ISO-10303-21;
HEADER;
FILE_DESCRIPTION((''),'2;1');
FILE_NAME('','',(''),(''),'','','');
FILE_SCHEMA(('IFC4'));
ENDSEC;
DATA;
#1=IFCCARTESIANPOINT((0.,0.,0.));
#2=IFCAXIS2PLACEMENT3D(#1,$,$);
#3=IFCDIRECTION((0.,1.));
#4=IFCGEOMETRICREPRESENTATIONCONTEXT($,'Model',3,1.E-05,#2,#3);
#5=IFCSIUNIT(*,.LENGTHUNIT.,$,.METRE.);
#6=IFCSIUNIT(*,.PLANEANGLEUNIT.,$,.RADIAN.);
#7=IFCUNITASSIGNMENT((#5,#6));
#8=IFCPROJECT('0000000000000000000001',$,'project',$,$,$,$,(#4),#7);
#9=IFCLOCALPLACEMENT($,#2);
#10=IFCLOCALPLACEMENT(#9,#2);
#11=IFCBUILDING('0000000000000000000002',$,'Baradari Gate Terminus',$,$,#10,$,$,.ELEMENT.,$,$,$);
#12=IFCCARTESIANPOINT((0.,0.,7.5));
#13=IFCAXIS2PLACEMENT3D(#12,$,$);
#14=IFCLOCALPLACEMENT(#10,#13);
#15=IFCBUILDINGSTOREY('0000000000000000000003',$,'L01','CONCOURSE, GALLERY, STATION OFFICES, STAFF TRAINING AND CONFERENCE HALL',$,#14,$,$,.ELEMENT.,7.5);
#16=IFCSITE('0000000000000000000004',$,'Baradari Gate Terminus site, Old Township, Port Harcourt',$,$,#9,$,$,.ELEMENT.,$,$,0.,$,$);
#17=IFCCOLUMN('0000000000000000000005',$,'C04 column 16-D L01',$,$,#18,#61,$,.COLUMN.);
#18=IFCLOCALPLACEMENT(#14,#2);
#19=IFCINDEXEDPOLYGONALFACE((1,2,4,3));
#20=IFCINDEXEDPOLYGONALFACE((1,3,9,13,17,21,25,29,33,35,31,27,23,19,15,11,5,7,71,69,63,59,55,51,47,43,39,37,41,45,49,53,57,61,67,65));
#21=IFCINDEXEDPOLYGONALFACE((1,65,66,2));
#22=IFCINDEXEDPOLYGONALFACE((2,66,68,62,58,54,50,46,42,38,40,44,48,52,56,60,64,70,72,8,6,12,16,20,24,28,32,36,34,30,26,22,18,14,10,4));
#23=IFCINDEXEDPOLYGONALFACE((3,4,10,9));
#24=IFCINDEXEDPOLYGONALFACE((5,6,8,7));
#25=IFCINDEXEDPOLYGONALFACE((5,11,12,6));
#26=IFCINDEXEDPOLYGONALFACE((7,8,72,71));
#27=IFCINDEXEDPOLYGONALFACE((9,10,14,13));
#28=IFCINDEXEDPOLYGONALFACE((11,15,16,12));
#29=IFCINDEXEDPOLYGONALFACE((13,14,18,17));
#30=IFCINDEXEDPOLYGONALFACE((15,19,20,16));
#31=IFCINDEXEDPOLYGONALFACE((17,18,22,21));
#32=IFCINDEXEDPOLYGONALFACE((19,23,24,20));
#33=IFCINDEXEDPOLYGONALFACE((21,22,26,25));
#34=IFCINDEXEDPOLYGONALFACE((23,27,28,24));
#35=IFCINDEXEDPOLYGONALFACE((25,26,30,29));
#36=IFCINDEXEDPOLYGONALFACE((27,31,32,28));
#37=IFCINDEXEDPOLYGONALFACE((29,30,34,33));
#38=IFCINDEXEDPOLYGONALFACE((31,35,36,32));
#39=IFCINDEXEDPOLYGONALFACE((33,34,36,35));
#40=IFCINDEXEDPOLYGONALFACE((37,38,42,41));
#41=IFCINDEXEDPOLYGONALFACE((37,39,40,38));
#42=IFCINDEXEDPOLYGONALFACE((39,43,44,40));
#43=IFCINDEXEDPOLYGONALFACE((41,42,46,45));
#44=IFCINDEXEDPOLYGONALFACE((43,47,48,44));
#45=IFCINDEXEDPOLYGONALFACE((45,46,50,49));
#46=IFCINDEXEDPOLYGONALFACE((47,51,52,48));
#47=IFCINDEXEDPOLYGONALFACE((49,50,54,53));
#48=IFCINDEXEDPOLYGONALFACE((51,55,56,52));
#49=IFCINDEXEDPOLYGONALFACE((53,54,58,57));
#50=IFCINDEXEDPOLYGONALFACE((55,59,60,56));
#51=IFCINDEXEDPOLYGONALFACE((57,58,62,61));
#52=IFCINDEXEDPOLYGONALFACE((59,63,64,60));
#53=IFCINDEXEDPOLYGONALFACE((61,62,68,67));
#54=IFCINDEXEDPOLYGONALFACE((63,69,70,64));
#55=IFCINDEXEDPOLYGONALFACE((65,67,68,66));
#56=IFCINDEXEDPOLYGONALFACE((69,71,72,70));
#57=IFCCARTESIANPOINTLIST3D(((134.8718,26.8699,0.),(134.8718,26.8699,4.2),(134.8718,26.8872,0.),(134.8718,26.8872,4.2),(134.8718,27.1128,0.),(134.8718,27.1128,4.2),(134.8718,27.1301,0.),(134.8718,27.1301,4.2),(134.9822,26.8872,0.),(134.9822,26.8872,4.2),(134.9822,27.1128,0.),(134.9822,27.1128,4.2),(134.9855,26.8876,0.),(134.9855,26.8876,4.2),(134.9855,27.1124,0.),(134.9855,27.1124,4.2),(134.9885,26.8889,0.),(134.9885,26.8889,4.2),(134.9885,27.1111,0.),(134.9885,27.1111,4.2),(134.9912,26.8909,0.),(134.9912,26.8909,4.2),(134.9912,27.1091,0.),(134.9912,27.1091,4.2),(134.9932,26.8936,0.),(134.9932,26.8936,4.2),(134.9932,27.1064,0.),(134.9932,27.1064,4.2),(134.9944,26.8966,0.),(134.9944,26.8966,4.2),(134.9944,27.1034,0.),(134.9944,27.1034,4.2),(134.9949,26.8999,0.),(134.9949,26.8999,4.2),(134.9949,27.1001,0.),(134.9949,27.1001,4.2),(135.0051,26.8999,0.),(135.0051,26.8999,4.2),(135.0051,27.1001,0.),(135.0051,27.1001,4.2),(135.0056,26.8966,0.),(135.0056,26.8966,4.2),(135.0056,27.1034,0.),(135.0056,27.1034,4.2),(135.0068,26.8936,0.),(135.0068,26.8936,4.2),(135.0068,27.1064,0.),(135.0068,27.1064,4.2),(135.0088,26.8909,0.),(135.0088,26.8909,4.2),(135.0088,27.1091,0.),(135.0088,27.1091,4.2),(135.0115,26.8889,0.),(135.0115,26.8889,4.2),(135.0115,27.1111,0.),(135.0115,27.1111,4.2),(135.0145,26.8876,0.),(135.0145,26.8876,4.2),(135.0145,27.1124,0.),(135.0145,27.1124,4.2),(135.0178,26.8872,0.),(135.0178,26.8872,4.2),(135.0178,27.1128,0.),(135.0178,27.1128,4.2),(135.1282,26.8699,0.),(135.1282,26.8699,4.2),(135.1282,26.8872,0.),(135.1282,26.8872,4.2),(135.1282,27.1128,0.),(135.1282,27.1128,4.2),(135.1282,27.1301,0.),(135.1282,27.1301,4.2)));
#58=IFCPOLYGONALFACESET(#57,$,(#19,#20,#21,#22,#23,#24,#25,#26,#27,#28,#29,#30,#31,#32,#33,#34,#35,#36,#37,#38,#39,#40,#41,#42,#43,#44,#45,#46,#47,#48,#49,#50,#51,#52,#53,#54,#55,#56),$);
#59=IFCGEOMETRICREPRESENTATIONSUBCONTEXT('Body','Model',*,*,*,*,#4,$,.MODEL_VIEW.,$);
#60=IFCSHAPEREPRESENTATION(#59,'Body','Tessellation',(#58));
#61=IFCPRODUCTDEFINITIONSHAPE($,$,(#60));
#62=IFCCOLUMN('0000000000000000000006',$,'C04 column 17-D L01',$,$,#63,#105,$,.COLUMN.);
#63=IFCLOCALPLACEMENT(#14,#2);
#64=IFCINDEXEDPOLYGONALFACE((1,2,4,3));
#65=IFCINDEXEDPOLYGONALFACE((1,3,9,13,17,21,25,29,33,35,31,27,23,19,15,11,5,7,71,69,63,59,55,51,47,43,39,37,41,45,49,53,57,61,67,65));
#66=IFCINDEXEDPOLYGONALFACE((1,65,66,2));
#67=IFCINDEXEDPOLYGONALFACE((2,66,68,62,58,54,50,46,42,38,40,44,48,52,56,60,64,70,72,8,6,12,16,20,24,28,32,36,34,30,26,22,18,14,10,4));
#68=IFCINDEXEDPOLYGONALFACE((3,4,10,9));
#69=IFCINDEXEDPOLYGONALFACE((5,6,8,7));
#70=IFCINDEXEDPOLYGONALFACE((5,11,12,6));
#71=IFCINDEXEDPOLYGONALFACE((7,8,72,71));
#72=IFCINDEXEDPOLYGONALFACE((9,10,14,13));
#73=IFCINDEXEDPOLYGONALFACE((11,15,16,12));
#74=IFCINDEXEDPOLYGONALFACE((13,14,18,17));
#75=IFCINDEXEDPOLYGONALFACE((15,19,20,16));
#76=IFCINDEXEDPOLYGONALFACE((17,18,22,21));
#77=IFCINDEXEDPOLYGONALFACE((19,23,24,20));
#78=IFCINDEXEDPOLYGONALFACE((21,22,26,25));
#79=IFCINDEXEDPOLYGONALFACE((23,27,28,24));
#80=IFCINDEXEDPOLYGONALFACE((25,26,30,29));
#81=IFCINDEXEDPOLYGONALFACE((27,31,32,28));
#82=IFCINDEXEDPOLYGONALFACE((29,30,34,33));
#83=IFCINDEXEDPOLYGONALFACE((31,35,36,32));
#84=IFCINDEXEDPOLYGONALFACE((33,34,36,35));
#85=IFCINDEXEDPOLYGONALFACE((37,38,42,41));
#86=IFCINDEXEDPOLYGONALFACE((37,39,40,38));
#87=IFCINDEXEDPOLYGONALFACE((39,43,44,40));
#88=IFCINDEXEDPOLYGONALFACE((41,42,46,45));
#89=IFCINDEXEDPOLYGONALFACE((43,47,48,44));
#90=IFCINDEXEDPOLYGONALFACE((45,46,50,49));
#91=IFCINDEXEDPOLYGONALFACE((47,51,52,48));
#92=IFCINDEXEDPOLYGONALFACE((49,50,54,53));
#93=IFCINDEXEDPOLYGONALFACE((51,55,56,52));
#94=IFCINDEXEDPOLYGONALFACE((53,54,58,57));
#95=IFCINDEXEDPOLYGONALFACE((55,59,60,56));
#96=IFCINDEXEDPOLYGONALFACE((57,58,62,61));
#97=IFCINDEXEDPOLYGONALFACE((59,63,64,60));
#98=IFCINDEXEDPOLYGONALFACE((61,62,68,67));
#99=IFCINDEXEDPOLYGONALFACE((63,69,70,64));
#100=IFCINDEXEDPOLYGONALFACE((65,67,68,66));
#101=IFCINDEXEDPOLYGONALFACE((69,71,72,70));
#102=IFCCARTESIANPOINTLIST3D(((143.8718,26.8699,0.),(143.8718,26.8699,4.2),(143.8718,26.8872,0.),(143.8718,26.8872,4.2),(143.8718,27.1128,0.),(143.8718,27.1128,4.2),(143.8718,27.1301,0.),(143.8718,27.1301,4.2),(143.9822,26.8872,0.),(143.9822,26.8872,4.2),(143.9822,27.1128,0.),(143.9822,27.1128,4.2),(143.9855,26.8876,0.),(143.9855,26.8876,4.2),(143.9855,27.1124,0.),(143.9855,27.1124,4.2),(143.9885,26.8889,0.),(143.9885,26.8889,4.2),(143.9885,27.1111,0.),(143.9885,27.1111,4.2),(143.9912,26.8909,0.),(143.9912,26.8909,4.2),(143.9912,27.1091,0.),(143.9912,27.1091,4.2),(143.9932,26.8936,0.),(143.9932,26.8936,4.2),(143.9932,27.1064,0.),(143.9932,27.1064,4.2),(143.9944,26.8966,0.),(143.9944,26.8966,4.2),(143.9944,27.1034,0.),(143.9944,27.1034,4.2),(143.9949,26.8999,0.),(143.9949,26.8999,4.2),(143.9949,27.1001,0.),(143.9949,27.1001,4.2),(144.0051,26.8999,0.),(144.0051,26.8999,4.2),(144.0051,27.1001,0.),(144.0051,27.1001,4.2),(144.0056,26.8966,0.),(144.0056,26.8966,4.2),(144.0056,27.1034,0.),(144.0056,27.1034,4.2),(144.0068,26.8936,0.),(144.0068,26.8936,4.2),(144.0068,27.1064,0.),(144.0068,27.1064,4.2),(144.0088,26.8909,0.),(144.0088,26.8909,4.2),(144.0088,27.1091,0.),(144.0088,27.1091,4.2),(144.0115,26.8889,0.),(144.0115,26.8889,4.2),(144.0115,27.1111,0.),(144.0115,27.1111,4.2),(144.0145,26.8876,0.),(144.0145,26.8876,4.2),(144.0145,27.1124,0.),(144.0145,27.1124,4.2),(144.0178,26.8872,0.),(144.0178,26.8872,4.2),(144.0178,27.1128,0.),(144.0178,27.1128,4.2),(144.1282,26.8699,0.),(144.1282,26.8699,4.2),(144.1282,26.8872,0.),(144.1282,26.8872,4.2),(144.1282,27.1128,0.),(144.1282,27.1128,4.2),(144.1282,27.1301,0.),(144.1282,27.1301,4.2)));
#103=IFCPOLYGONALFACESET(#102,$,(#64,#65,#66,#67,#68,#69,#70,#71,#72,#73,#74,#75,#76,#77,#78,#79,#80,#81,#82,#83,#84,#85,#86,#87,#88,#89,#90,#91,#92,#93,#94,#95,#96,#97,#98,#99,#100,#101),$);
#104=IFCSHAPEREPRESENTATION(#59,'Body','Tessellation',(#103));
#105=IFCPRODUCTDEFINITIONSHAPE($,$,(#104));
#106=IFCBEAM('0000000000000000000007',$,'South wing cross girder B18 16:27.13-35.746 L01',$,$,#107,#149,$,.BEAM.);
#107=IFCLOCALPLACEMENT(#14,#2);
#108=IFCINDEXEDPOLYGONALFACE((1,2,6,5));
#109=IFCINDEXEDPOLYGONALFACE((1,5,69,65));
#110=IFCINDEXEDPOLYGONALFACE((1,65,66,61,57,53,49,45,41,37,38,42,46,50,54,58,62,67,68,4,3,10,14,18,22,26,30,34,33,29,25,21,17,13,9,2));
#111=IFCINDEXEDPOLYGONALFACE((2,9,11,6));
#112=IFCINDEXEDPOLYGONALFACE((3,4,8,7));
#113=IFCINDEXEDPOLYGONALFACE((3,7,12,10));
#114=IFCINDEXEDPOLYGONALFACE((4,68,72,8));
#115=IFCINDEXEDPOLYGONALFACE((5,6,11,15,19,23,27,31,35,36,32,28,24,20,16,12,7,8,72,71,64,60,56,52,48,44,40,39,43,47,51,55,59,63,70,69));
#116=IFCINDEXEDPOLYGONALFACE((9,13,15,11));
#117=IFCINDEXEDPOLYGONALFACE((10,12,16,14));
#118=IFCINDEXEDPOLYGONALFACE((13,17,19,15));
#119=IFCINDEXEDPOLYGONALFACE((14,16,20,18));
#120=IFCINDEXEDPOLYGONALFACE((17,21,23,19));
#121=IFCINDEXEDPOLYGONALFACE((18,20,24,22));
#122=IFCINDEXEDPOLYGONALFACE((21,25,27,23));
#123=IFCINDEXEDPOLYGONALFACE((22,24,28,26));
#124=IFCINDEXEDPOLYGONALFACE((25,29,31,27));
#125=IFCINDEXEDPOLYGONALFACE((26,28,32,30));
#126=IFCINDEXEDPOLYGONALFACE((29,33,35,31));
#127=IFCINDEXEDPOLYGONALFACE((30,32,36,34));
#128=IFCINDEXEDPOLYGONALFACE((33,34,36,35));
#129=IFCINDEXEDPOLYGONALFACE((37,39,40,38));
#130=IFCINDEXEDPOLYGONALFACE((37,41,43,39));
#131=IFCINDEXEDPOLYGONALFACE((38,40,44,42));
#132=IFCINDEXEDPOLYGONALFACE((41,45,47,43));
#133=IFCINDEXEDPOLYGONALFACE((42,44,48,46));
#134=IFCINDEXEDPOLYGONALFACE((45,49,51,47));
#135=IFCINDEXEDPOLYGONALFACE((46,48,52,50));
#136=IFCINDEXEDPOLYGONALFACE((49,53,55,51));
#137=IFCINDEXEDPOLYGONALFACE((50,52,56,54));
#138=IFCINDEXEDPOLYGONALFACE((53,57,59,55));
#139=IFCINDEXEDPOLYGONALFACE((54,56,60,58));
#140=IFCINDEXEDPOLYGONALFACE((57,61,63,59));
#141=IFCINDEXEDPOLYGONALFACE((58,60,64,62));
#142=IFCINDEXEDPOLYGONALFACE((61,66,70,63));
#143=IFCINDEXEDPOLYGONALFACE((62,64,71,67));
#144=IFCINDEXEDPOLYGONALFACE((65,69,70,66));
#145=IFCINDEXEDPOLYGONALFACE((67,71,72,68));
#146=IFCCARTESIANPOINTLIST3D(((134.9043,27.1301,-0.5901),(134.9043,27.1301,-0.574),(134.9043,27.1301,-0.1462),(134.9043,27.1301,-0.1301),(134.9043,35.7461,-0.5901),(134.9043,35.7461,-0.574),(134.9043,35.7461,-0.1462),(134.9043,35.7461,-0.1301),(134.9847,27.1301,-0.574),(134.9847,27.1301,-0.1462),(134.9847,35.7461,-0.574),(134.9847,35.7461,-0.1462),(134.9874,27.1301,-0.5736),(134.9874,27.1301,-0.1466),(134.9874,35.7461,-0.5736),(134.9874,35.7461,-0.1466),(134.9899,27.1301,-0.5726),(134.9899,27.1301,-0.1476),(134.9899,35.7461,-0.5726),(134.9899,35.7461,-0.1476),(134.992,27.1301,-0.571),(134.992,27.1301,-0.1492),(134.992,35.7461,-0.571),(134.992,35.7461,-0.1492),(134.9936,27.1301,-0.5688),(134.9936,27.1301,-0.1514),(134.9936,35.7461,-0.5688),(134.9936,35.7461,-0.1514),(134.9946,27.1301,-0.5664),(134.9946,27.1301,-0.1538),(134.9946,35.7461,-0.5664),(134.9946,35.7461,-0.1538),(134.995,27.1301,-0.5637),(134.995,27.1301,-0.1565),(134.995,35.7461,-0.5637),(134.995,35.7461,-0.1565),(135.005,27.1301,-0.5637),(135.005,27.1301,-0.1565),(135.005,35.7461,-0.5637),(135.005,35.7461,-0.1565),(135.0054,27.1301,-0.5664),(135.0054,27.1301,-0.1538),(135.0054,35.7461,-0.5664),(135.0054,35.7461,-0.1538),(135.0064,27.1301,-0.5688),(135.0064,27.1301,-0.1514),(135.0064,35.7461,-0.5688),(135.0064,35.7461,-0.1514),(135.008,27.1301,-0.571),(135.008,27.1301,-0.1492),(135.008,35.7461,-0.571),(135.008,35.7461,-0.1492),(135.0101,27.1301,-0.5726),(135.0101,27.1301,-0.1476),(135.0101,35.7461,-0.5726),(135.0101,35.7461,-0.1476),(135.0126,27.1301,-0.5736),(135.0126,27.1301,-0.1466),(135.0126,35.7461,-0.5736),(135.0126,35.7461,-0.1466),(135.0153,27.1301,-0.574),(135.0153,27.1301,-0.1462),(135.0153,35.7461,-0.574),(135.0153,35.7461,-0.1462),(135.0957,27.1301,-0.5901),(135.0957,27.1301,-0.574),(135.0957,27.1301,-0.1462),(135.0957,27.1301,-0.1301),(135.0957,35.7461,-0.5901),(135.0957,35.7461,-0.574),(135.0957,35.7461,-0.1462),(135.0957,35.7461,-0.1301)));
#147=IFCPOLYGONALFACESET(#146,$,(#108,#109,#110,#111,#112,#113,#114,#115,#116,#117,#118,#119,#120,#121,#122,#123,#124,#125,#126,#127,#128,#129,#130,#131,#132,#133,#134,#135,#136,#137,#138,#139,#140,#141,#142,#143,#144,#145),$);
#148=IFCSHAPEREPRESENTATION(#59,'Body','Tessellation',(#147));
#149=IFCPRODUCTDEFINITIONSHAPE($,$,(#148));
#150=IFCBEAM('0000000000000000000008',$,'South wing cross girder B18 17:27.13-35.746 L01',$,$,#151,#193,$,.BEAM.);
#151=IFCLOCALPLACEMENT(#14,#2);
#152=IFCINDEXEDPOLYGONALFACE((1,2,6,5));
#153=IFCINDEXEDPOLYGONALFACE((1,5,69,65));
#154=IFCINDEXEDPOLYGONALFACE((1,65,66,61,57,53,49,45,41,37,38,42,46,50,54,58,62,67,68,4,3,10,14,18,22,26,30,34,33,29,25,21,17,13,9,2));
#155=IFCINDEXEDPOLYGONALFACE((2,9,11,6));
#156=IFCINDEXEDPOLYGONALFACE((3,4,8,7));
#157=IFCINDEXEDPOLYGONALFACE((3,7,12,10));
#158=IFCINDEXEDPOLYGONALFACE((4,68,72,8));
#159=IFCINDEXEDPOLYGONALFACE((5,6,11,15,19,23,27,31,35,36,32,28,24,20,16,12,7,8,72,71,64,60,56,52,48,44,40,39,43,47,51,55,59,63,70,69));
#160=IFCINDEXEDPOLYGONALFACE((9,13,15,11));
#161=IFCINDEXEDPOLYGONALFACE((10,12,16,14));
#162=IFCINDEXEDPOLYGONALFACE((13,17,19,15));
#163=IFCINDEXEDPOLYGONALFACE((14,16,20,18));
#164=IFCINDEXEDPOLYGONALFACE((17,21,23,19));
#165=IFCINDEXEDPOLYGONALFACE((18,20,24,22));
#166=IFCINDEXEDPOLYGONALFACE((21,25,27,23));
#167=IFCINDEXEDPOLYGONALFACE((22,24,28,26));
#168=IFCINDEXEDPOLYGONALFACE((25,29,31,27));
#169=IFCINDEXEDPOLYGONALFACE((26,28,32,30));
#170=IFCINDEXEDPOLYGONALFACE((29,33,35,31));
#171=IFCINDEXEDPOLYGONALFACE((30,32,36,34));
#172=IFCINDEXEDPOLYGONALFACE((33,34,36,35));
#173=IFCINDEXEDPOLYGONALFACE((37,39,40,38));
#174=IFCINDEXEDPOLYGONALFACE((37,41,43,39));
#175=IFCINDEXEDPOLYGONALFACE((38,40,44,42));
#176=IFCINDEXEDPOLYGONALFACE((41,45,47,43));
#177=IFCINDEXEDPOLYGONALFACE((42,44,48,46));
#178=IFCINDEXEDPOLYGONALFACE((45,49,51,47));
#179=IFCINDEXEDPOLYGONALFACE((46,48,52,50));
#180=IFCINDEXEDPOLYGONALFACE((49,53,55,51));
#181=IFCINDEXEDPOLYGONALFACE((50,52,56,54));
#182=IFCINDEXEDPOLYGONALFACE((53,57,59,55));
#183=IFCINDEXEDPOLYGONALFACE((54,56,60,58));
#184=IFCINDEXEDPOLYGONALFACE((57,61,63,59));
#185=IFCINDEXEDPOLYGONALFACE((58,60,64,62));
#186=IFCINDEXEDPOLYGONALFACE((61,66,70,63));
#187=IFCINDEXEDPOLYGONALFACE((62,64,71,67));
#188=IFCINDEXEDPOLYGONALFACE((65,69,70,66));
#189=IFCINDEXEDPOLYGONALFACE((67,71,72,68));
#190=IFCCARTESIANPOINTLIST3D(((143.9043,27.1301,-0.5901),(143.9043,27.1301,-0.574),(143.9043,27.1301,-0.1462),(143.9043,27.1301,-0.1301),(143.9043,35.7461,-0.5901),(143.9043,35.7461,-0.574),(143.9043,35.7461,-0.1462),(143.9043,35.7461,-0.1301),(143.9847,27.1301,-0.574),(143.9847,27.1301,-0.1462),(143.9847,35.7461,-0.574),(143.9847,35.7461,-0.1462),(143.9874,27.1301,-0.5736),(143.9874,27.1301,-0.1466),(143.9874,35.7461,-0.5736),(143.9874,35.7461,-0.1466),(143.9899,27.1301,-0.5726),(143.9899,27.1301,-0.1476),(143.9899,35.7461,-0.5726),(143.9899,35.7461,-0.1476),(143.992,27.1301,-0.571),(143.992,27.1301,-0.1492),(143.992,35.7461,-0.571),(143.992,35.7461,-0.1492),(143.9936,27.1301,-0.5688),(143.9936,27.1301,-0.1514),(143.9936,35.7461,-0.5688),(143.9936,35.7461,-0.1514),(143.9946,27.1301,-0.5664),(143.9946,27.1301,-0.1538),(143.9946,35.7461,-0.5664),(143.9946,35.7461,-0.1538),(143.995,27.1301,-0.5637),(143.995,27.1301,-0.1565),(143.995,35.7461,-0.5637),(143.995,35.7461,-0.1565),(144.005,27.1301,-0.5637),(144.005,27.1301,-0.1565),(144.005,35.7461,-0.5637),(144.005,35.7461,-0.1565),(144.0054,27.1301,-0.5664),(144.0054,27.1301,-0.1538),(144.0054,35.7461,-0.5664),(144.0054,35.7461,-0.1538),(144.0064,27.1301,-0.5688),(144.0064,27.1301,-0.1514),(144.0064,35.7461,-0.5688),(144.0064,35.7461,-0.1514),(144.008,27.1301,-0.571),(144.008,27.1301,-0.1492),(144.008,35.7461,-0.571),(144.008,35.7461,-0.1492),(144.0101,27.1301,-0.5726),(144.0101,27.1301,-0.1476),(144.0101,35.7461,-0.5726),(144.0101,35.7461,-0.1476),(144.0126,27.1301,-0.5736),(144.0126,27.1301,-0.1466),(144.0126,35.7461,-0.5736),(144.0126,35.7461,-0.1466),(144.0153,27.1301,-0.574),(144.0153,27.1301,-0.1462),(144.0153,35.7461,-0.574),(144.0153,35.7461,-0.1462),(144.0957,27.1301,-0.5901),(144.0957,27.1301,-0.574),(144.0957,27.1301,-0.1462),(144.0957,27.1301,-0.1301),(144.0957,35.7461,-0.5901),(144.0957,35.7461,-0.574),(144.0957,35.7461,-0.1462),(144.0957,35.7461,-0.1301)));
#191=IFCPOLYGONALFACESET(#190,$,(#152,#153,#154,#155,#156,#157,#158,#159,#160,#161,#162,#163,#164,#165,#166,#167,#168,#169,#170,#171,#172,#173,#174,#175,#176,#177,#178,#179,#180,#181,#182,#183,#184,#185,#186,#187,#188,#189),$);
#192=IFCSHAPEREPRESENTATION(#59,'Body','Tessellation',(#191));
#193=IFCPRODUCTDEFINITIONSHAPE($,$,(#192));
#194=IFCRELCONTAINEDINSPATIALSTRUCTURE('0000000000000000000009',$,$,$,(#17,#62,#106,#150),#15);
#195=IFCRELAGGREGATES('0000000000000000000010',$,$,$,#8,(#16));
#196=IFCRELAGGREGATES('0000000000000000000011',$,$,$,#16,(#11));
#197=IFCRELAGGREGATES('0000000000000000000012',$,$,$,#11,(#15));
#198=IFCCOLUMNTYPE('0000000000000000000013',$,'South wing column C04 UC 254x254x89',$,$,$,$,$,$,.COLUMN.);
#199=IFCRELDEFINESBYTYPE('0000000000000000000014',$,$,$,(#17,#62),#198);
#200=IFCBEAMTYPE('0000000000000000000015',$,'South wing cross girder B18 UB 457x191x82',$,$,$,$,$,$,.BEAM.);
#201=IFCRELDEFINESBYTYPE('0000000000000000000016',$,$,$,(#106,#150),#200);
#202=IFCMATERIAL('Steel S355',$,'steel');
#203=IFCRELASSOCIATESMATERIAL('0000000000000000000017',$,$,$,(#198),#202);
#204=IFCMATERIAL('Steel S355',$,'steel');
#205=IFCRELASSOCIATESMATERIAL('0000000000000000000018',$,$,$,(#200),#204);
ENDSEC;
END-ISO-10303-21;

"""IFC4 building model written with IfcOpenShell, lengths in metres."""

from ifc_helpers import new_model, si_unit, direction, frame, origin, origin_2d, place, context, subcontext, project, spatial, i_section, extrude, material, material_profile, profile_set, type_object, element, save


model = new_model("IFC4")

# Units and contexts
model_context = context("Model", 3, precision=1e-05, world=origin(), true_north=direction((0.0, 1.0)))
body_context = subcontext(model_context, "Body", "Model", "MODEL_VIEW")
ifc_project = project(units=[si_unit("LENGTHUNIT", "METRE"), si_unit("PLANEANGLEUNIT", "RADIAN")], contexts=[model_context])

# Site, building, storey
site_placement = place(None, origin())
site = spatial("IfcSite", under=ifc_project, at=site_placement, Name="Baradari Gate Terminus site, Old Township, Port Harcourt", CompositionType="ELEMENT", RefElevation=0.0)
building_placement = place(site_placement, origin())
building = spatial("IfcBuilding", under=site, at=building_placement, Name="Baradari Gate Terminus", CompositionType="ELEMENT")
storey_placement = place(building_placement, frame((0.0, 0.0, 7.5)))
storey = spatial("IfcBuildingStorey", under=building, at=storey_placement, Name="L01", Description="CONCOURSE, GALLERY, STATION OFFICES, STAFF TRAINING AND CONFERENCE HALL", CompositionType="ELEMENT", Elevation=7.5)

# Columns
ifc_material_1 = material(Name="Steel S355", Category="steel")
ifc_material_profile_1 = material_profile(ifc_material_1, i_section(OverallWidth=0.2563, OverallDepth=0.2603, WebThickness=0.0103, FlangeThickness=0.0173, FilletRadius=0.0127, at=origin_2d()), Name="UC 254x254x89")
ifc_profile_set_1 = profile_set([ifc_material_profile_1], Name="Steel S355")
column_type = type_object("IfcColumnType", Name="South wing column C04 UC 254x254x89", PredefinedType="COLUMN", material=ifc_profile_set_1)
for number, where, z_axis, x_axis, name in (
    (1, (135.0, 27.0, 0.0), (0.0, 0.0, 1.0), (1.0, 0.0, 0.0), "C04 column 16-D L01"),
    (2, (144.0, 27.0, 0.0), (0.0, 0.0, 1.0), (1.0, 0.0, 0.0), "C04 column 17-D L01"),
):
    element("IfcColumn", number, at=place(storey_placement, frame(where, z_axis=z_axis, x_axis=x_axis)), inside=storey, type_object=column_type, Name=name, PredefinedType="COLUMN", context=body_context, shape_type="SweptSolid", body=[
        extrude(i_section(OverallWidth=0.2563, OverallDepth=0.2603, WebThickness=0.0103, FlangeThickness=0.0173, FilletRadius=0.0127, at=origin_2d()), origin(), (0.0, 0.0, 1.0), 4.2),
    ])

# Beams
ifc_material_2 = material(Name="Steel S355", Category="steel")
ifc_material_profile_2 = material_profile(ifc_material_2, i_section(OverallWidth=0.1914, OverallDepth=0.46, WebThickness=0.01, FlangeThickness=0.0161, FilletRadius=0.0103, at=origin_2d()), Name="UB 457x191x82")
ifc_profile_set_2 = profile_set([ifc_material_profile_2], Name="Steel S355")
beam_type_1 = type_object("IfcBeamType", Name="South wing cross girder B18 UB 457x191x82", PredefinedType="BEAM", material=ifc_profile_set_2)
for number, where, z_axis, x_axis, name in (
    (3, (135.0, 27.1301, -0.3601), (0.0, 1.0, 0.0), (-1.0, 0.0, 0.0), "South wing cross girder B18 16:27.13-35.746 L01"),
    (4, (144.0, 27.1301, -0.3601), (0.0, 1.0, 0.0), (-1.0, 0.0, 0.0), "South wing cross girder B18 17:27.13-35.746 L01"),
):
    element("IfcBeam", number, at=place(storey_placement, frame(where, z_axis=z_axis, x_axis=x_axis)), inside=storey, type_object=beam_type_1, Name=name, PredefinedType="BEAM", context=body_context, shape_type="SweptSolid", body=[
        extrude(i_section(OverallWidth=0.1914, OverallDepth=0.46, WebThickness=0.01, FlangeThickness=0.0161, FilletRadius=0.0103, at=origin_2d()), origin(), (0.0, 0.0, 1.0), 8.616),
    ])

save(model, "model.ifc")
